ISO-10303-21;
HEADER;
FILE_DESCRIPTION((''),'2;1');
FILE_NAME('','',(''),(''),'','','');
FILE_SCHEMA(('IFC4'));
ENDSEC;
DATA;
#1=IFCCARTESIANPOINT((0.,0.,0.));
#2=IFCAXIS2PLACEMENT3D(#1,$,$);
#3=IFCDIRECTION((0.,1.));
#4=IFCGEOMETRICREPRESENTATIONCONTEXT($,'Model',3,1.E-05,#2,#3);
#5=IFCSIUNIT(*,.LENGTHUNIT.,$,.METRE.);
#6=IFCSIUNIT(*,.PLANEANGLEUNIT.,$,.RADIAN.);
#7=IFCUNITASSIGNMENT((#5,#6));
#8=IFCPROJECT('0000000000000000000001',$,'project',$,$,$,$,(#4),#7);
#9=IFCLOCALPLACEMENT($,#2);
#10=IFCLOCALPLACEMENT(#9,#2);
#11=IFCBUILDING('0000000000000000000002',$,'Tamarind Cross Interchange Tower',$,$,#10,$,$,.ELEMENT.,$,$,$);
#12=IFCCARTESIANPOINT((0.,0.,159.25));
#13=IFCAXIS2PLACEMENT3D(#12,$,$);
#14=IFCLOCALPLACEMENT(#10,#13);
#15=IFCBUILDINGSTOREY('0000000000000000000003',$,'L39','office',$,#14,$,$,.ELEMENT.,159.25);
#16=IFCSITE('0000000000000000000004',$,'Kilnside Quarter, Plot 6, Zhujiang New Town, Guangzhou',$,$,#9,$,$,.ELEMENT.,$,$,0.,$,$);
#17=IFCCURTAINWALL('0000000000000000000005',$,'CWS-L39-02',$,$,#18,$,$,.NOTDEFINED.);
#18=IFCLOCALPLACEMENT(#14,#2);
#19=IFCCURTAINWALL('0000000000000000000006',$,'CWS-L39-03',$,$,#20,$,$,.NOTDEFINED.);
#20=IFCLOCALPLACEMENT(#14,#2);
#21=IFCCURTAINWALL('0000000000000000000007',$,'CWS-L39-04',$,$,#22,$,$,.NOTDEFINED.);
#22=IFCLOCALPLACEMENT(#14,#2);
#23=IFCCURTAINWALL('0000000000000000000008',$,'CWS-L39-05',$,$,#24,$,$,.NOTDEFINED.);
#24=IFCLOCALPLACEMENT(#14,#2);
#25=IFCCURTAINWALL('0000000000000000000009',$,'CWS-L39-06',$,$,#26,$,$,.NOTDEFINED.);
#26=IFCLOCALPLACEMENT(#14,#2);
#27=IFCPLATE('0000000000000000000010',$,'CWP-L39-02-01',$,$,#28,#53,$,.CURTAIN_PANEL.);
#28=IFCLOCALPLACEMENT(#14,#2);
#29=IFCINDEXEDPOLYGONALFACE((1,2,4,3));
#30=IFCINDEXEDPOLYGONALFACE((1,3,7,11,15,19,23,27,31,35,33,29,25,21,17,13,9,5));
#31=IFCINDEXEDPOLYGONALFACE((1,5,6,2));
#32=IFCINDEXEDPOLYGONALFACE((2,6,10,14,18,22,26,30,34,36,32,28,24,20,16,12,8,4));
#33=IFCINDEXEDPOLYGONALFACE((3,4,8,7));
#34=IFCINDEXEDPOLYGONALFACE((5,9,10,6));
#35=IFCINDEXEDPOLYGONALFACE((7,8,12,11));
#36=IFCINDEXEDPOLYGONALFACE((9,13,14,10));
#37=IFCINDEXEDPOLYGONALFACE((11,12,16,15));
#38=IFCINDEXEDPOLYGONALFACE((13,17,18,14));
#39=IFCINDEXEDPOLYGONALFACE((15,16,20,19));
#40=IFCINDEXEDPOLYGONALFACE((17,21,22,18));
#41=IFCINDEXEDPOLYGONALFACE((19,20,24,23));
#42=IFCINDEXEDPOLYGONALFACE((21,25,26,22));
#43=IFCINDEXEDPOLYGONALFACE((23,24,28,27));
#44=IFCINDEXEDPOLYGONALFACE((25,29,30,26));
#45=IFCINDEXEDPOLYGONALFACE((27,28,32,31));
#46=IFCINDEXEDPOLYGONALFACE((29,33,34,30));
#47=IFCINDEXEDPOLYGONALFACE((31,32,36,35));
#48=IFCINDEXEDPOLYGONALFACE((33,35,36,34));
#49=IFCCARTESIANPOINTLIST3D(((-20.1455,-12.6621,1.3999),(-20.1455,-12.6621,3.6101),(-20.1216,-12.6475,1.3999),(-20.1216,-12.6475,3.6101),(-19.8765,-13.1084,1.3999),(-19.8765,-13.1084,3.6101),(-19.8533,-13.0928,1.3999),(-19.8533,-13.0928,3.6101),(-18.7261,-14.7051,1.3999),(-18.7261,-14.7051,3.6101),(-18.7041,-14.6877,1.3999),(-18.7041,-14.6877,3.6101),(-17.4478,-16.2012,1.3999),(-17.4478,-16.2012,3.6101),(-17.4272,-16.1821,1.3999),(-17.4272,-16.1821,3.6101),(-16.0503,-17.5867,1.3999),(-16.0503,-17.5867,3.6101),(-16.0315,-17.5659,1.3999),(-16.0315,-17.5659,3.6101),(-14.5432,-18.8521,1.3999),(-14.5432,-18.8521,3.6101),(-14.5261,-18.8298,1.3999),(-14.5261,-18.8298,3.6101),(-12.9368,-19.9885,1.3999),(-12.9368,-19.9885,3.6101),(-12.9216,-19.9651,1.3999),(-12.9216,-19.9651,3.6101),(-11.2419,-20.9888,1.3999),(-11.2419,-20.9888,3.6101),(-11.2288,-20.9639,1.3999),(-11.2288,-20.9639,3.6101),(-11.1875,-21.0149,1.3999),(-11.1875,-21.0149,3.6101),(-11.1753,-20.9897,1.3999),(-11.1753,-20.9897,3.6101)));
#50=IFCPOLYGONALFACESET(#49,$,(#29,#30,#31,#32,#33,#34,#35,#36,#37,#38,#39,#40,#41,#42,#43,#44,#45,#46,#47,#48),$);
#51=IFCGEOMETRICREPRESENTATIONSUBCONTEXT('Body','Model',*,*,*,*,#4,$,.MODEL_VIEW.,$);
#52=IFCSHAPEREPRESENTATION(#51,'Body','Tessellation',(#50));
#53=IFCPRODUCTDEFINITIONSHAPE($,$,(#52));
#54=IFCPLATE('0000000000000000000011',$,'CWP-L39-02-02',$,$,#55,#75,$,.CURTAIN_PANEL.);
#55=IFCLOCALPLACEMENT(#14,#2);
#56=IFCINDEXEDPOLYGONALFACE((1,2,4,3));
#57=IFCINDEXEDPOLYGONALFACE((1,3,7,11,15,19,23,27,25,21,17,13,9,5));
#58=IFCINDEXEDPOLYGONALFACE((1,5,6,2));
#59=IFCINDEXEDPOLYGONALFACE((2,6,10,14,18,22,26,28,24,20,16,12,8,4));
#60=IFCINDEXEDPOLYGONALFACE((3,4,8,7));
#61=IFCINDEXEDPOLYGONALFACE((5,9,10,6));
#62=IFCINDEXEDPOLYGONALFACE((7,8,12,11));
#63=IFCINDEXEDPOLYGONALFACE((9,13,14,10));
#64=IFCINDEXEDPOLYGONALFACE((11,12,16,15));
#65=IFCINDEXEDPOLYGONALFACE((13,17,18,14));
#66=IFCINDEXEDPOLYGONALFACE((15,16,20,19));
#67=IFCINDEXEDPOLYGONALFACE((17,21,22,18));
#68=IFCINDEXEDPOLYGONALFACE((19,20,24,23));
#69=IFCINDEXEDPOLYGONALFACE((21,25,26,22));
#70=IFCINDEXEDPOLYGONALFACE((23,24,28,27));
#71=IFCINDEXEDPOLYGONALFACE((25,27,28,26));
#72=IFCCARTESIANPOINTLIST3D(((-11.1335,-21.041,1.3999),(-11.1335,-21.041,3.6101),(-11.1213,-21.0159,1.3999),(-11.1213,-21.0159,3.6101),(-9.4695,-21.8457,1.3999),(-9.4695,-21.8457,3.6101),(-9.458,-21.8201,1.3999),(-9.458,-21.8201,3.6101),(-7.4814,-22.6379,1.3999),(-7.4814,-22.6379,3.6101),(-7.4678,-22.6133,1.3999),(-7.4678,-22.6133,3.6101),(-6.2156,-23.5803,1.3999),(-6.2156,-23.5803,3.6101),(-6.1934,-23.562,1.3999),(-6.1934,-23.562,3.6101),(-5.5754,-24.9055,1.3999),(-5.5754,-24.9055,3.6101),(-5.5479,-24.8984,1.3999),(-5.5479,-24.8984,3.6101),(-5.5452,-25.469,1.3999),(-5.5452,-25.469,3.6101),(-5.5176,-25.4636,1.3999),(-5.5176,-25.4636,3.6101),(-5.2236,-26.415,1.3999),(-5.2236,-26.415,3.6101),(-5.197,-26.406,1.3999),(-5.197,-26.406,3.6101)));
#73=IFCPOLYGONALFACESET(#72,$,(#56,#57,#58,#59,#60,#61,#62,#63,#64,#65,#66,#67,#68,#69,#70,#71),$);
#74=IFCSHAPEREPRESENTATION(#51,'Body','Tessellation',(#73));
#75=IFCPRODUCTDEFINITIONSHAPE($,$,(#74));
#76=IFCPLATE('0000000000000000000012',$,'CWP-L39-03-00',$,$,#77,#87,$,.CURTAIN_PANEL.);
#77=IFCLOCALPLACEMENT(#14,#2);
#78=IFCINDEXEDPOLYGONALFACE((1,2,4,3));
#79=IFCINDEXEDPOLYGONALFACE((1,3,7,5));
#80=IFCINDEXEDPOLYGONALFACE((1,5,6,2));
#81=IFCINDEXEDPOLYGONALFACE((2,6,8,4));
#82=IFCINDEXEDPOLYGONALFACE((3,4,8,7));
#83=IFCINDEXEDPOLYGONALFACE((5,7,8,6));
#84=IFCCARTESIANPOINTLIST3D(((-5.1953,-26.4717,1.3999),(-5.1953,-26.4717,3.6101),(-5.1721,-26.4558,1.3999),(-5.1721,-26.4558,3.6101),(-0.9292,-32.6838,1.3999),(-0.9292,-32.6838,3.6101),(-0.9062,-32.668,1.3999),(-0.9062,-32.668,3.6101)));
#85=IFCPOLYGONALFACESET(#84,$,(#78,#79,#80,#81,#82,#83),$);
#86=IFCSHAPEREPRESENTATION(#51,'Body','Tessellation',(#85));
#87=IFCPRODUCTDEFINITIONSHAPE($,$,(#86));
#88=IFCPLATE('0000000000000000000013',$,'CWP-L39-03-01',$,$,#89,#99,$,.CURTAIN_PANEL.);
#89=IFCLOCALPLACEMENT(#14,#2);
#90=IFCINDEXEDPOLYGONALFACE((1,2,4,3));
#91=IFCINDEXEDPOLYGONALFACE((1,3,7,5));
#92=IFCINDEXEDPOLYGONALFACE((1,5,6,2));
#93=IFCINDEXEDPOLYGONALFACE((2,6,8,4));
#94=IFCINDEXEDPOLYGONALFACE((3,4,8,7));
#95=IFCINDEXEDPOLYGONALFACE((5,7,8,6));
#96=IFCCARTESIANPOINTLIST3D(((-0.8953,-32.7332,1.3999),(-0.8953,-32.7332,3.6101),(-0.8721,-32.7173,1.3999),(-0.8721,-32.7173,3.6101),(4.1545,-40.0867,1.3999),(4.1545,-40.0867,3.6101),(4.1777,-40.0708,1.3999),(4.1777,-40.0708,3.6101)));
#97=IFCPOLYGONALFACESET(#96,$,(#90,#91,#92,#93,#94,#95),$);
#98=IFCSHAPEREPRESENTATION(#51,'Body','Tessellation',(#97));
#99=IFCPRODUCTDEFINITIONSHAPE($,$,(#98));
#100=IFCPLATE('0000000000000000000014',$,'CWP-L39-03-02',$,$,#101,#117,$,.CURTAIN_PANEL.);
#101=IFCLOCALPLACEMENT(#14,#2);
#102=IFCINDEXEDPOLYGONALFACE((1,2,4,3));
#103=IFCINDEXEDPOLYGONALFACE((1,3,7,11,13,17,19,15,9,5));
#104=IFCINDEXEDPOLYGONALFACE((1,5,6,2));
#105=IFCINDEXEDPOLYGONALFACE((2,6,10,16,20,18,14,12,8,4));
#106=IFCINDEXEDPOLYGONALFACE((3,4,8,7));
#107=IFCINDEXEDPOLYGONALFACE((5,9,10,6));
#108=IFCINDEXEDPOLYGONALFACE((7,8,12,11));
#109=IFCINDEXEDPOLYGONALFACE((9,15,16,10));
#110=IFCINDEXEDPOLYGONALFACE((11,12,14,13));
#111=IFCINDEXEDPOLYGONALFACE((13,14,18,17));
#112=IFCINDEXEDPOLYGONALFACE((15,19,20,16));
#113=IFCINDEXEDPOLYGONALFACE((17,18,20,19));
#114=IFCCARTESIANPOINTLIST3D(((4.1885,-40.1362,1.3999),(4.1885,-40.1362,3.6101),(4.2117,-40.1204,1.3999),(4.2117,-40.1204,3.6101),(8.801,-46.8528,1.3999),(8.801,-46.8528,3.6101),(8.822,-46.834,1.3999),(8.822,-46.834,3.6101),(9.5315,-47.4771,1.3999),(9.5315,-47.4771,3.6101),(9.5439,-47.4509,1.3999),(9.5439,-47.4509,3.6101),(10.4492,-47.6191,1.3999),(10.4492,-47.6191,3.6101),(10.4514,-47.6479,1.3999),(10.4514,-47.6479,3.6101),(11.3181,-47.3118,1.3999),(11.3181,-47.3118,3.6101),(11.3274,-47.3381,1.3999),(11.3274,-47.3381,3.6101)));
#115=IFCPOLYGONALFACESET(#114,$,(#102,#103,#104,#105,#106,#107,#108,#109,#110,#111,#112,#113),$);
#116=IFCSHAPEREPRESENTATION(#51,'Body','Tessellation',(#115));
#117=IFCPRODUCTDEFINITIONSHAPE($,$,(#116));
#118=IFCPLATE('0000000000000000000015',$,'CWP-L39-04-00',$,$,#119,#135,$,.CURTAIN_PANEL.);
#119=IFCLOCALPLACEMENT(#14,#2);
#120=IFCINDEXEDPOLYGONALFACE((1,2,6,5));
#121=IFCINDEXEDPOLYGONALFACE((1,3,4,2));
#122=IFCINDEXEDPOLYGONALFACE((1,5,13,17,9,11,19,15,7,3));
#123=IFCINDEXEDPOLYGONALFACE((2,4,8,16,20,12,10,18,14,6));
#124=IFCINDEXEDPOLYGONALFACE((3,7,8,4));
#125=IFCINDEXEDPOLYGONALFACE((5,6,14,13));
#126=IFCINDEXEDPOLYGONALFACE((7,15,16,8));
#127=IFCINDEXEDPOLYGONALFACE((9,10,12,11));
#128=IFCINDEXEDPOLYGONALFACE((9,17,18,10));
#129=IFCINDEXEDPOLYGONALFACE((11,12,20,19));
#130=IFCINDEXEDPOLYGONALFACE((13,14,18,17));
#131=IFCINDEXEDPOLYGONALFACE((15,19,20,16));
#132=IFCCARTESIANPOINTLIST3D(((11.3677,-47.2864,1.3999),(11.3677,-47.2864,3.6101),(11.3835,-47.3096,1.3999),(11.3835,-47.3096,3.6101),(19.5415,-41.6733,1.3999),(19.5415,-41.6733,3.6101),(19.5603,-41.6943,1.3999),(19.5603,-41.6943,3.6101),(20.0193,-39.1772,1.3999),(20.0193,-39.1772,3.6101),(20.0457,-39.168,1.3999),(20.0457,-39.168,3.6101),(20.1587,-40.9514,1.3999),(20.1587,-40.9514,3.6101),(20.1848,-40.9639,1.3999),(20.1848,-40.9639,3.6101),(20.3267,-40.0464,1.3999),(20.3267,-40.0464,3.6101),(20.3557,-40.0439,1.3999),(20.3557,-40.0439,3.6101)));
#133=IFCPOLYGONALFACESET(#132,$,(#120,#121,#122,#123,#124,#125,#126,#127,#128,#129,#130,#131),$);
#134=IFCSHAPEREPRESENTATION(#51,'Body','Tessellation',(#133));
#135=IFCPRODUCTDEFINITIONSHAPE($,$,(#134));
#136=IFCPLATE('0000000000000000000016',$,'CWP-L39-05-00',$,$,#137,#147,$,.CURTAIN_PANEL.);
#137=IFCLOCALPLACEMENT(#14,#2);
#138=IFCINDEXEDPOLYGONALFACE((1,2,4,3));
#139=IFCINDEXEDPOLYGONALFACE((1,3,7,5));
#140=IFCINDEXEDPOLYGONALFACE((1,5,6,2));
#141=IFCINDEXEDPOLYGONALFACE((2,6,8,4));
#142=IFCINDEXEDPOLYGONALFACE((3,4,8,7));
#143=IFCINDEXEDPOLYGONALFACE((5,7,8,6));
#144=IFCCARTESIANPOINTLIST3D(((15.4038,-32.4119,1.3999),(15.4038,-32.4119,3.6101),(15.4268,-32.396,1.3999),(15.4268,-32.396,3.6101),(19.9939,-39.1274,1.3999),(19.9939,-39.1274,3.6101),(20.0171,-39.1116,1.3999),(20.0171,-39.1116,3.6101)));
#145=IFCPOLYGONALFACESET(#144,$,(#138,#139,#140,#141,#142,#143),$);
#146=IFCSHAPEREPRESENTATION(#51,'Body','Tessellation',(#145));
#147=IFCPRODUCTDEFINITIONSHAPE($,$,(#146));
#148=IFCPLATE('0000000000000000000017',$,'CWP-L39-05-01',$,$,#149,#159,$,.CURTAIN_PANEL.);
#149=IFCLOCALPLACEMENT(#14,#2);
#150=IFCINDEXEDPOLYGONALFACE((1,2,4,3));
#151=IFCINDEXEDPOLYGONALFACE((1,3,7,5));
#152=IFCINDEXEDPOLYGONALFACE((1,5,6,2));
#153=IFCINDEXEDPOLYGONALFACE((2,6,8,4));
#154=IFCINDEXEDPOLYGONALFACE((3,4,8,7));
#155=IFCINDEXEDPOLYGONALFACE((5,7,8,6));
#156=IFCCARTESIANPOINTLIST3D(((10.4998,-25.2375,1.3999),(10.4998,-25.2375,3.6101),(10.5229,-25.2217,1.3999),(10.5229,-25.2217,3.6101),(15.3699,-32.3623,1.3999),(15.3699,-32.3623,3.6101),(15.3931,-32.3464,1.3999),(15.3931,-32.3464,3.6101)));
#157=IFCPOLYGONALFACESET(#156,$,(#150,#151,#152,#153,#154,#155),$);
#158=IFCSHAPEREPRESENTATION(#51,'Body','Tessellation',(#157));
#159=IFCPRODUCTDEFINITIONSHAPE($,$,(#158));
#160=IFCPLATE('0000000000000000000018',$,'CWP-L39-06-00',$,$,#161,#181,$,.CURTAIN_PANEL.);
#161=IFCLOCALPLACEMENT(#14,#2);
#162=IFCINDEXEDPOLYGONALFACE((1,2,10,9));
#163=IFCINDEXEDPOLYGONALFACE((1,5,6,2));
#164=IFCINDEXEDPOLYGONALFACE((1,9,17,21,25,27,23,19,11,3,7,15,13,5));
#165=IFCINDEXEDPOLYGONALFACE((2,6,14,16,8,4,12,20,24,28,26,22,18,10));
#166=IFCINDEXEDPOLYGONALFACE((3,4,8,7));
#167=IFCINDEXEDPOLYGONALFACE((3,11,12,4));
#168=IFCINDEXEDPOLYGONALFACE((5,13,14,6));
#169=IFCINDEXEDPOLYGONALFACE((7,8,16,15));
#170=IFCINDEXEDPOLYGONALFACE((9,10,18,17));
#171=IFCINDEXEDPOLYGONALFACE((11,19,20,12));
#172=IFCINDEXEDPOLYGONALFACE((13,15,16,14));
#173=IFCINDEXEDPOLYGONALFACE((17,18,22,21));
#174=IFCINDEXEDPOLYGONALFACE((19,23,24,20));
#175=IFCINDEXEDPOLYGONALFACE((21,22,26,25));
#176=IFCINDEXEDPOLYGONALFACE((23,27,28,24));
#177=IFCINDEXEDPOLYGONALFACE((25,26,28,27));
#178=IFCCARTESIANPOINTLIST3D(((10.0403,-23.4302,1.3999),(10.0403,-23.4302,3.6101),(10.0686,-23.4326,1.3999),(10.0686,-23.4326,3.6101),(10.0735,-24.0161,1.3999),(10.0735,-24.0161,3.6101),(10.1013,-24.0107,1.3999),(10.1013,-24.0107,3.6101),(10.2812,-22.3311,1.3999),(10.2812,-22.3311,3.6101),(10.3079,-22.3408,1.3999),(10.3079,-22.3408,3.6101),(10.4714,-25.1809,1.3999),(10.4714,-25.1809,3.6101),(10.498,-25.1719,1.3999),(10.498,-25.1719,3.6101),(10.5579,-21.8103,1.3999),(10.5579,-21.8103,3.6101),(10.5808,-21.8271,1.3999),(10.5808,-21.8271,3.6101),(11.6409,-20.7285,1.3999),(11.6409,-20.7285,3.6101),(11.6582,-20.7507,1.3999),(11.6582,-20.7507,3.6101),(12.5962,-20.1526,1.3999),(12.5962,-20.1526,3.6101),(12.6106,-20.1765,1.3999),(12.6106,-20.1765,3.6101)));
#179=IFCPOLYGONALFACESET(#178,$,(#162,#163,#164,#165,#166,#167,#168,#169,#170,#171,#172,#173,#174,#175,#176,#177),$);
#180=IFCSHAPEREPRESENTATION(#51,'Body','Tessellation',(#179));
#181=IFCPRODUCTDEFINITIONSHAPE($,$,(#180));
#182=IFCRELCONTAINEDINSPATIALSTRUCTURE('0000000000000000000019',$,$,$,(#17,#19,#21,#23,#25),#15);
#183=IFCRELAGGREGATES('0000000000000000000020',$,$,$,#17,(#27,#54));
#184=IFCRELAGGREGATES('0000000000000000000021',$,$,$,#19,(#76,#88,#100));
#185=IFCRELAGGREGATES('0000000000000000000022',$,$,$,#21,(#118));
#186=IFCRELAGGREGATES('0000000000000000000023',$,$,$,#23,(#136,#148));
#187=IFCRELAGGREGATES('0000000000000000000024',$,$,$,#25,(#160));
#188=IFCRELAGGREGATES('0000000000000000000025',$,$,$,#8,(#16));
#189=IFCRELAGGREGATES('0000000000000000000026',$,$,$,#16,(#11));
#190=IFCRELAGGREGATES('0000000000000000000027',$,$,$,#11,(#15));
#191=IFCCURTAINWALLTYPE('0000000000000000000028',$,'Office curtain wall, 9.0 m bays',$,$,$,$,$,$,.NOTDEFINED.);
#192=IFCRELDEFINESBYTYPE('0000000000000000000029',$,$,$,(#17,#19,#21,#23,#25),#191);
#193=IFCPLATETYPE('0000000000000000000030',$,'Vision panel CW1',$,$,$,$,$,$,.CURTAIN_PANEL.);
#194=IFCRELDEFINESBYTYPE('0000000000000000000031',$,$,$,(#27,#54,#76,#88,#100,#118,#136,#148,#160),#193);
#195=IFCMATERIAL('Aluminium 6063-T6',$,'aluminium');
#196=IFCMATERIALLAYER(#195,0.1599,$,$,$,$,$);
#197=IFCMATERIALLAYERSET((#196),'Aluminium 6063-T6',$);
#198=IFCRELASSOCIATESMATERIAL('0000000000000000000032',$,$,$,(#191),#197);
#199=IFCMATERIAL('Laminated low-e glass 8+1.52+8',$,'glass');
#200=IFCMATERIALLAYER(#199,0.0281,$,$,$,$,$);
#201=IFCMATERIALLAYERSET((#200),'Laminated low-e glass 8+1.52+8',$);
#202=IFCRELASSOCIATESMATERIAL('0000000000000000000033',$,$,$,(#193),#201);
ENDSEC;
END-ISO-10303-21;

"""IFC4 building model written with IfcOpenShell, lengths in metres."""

from ifc_helpers import new_model, si_unit, direction, frame, origin, place, context, subcontext, project, spatial, polyline, outline, extrude, material, layer, layer_set, type_object, element, aggregate, save


model = new_model("IFC4")

# Units and contexts
model_context = context("Model", 3, precision=1e-05, world=origin(), true_north=direction((0.0, 1.0)))
body_context = subcontext(model_context, "Body", "Model", "MODEL_VIEW")
ifc_project = project(units=[si_unit("LENGTHUNIT", "METRE"), si_unit("PLANEANGLEUNIT", "RADIAN")], contexts=[model_context])

# Site, building, storey
site_placement = place(None, origin())
site = spatial("IfcSite", under=ifc_project, at=site_placement, Name="Kilnside Quarter, Plot 6, Zhujiang New Town, Guangzhou", CompositionType="ELEMENT", RefElevation=0.0)
building_placement = place(site_placement, origin())
building = spatial("IfcBuilding", under=site, at=building_placement, Name="Tamarind Cross Interchange Tower", CompositionType="ELEMENT")
storey_placement = place(building_placement, frame((0.0, 0.0, 159.25)))
storey = spatial("IfcBuildingStorey", under=building, at=storey_placement, Name="L39", Description="office", CompositionType="ELEMENT", Elevation=159.25)

# Curtain walls
ifc_material_1 = material(Name="Aluminium 6063-T6", Category="aluminium")
ifc_layer_1 = layer(ifc_material_1, 0.1599)
ifc_layer_set_1 = layer_set([ifc_layer_1], Name="Aluminium 6063-T6")
curtain_wall_type = type_object("IfcCurtainWallType", Name="Office curtain wall, 9.0 m bays", PredefinedType="NOTDEFINED", material=ifc_layer_set_1)
curtain_wall_1_placement = place(storey_placement, origin())
curtain_wall_1 = element("IfcCurtainWall", 1, at=curtain_wall_1_placement, inside=storey, type_object=curtain_wall_type, Name="CWS-L39-02", PredefinedType="NOTDEFINED")
curtain_wall_2_placement = place(storey_placement, origin())
curtain_wall_2 = element("IfcCurtainWall", 2, at=curtain_wall_2_placement, inside=storey, type_object=curtain_wall_type, Name="CWS-L39-03", PredefinedType="NOTDEFINED")
curtain_wall_3_placement = place(storey_placement, origin())
curtain_wall_3 = element("IfcCurtainWall", 3, at=curtain_wall_3_placement, inside=storey, type_object=curtain_wall_type, Name="CWS-L39-04", PredefinedType="NOTDEFINED")
curtain_wall_4_placement = place(storey_placement, origin())
curtain_wall_4 = element("IfcCurtainWall", 4, at=curtain_wall_4_placement, inside=storey, type_object=curtain_wall_type, Name="CWS-L39-05", PredefinedType="NOTDEFINED")
curtain_wall_5_placement = place(storey_placement, origin())
curtain_wall_5 = element("IfcCurtainWall", 5, at=curtain_wall_5_placement, inside=storey, type_object=curtain_wall_type, Name="CWS-L39-06", PredefinedType="NOTDEFINED")

# Plates
ifc_material_2 = material(Name="Laminated low-e glass 8+1.52+8", Category="glass")
ifc_layer_2 = layer(ifc_material_2, 0.0281)
ifc_layer_set_2 = layer_set([ifc_layer_2], Name="Laminated low-e glass 8+1.52+8")
plate_type = type_object("IfcPlateType", Name="Vision panel CW1", PredefinedType="CURTAIN_PANEL", material=ifc_layer_set_2)
plate_1_placement = place(storey_placement, frame((0.0, 0.0, 1.3999)))
plate_1 = element("IfcPlate", 6, at=plate_1_placement, type_object=plate_type, Name="CWP-L39-02-01", PredefinedType="CURTAIN_PANEL", context=body_context, shape_type="SweptSolid", body=[
    extrude(outline(polyline([(-20.1216, -12.6475), (-19.8533, -13.0928), (-18.7041, -14.6877), (-17.4272, -16.1821), (-16.0315, -17.5659), (-14.5261, -18.8298), (-12.9216, -19.9651), (-11.2288, -20.9639), (-11.1753, -20.9897), (-11.1875, -21.0149), (-11.2419, -20.9888), (-12.9368, -19.9885), (-14.5432, -18.8521), (-16.0503, -17.5867), (-17.4478, -16.2012), (-18.7261, -14.7051), (-19.8765, -13.1084), (-20.1455, -12.6621), (-20.1216, -12.6475)])), origin(), (0.0, 0.0, 1.0), 2.2102),
])
plate_2_placement = place(storey_placement, frame((0.0, 0.0, 1.3999)))
plate_2 = element("IfcPlate", 7, at=plate_2_placement, type_object=plate_type, Name="CWP-L39-02-02", PredefinedType="CURTAIN_PANEL", context=body_context, shape_type="SweptSolid", body=[
    extrude(outline(polyline([(-11.1213, -21.0159), (-9.458, -21.8201), (-7.4678, -22.6133), (-6.1934, -23.562), (-5.5479, -24.8984), (-5.5176, -25.4636), (-5.197, -26.406), (-5.2236, -26.415), (-5.5452, -25.469), (-5.5754, -24.9055), (-6.2156, -23.5803), (-7.4814, -22.6379), (-9.4695, -21.8457), (-11.1335, -21.041), (-11.1213, -21.0159)])), origin(), (0.0, 0.0, 1.0), 2.2102),
])
aggregate(curtain_wall_1, [plate_1, plate_2])
plate_3_placement = place(storey_placement, frame((0.0, 0.0, 1.3999)))
plate_3 = element("IfcPlate", 8, at=plate_3_placement, type_object=plate_type, Name="CWP-L39-03-00", PredefinedType="CURTAIN_PANEL", context=body_context, shape_type="SweptSolid", body=[
    extrude(outline(polyline([(-5.1721, -26.4558), (-0.9062, -32.668), (-0.9292, -32.6838), (-5.1953, -26.4717), (-5.1721, -26.4558)])), origin(), (0.0, 0.0, 1.0), 2.2102),
])
plate_4_placement = place(storey_placement, frame((0.0, 0.0, 1.3999)))
plate_4 = element("IfcPlate", 9, at=plate_4_placement, type_object=plate_type, Name="CWP-L39-03-01", PredefinedType="CURTAIN_PANEL", context=body_context, shape_type="SweptSolid", body=[
    extrude(outline(polyline([(-0.8721, -32.7173), (4.1777, -40.0708), (4.1545, -40.0867), (-0.8953, -32.7332), (-0.8721, -32.7173)])), origin(), (0.0, 0.0, 1.0), 2.2102),
])
plate_5_placement = place(storey_placement, frame((0.0, 0.0, 1.3999)))
plate_5 = element("IfcPlate", 10, at=plate_5_placement, type_object=plate_type, Name="CWP-L39-03-02", PredefinedType="CURTAIN_PANEL", context=body_context, shape_type="SweptSolid", body=[
    extrude(outline(polyline([(4.2117, -40.1204), (8.822, -46.834), (9.5439, -47.4509), (10.4492, -47.6191), (11.3181, -47.3118), (11.3274, -47.3381), (10.4514, -47.6479), (9.5315, -47.4771), (8.801, -46.8528), (4.1885, -40.1362), (4.2117, -40.1204)])), origin(), (0.0, 0.0, 1.0), 2.2102),
])
aggregate(curtain_wall_2, [plate_3, plate_4, plate_5])
plate_6_placement = place(storey_placement, frame((0.0, 0.0, 1.3999)))
plate_6 = element("IfcPlate", 11, at=plate_6_placement, type_object=plate_type, Name="CWP-L39-04-00", PredefinedType="CURTAIN_PANEL", context=body_context, shape_type="SweptSolid", body=[
    extrude(outline(polyline([(11.3677, -47.2864), (19.5415, -41.6733), (20.1587, -40.9514), (20.3267, -40.0464), (20.0193, -39.1772), (20.0457, -39.168), (20.3557, -40.0439), (20.1848, -40.9639), (19.5603, -41.6943), (11.3835, -47.3096), (11.3677, -47.2864)])), origin(), (0.0, 0.0, 1.0), 2.2102),
])
aggregate(curtain_wall_3, [plate_6])
plate_7_placement = place(storey_placement, frame((0.0, 0.0, 1.3999)))
plate_7 = element("IfcPlate", 12, at=plate_7_placement, type_object=plate_type, Name="CWP-L39-05-00", PredefinedType="CURTAIN_PANEL", context=body_context, shape_type="SweptSolid", body=[
    extrude(outline(polyline([(19.9939, -39.1274), (15.4038, -32.4119), (15.4268, -32.396), (20.0171, -39.1116), (19.9939, -39.1274)])), origin(), (0.0, 0.0, 1.0), 2.2102),
])
plate_8_placement = place(storey_placement, frame((0.0, 0.0, 1.3999)))
plate_8 = element("IfcPlate", 13, at=plate_8_placement, type_object=plate_type, Name="CWP-L39-05-01", PredefinedType="CURTAIN_PANEL", context=body_context, shape_type="SweptSolid", body=[
    extrude(outline(polyline([(15.3699, -32.3623), (10.4998, -25.2375), (10.5229, -25.2217), (15.3931, -32.3464), (15.3699, -32.3623)])), origin(), (0.0, 0.0, 1.0), 2.2102),
])
aggregate(curtain_wall_4, [plate_7, plate_8])
plate_9_placement = place(storey_placement, frame((0.0, 0.0, 1.3999)))
plate_9 = element("IfcPlate", 14, at=plate_9_placement, type_object=plate_type, Name="CWP-L39-06-00", PredefinedType="CURTAIN_PANEL", context=body_context, shape_type="SweptSolid", body=[
    extrude(outline(polyline([(10.4714, -25.1809), (10.0735, -24.0161), (10.0403, -23.4302), (10.2812, -22.3311), (10.5579, -21.8103), (11.6409, -20.7285), (12.5962, -20.1526), (12.6106, -20.1765), (11.6582, -20.7507), (10.5808, -21.8271), (10.3079, -22.3408), (10.0686, -23.4326), (10.1013, -24.0107), (10.498, -25.1719), (10.4714, -25.1809)])), origin(), (0.0, 0.0, 1.0), 2.2102),
])
aggregate(curtain_wall_5, [plate_9])

save(model, "model.ifc")
